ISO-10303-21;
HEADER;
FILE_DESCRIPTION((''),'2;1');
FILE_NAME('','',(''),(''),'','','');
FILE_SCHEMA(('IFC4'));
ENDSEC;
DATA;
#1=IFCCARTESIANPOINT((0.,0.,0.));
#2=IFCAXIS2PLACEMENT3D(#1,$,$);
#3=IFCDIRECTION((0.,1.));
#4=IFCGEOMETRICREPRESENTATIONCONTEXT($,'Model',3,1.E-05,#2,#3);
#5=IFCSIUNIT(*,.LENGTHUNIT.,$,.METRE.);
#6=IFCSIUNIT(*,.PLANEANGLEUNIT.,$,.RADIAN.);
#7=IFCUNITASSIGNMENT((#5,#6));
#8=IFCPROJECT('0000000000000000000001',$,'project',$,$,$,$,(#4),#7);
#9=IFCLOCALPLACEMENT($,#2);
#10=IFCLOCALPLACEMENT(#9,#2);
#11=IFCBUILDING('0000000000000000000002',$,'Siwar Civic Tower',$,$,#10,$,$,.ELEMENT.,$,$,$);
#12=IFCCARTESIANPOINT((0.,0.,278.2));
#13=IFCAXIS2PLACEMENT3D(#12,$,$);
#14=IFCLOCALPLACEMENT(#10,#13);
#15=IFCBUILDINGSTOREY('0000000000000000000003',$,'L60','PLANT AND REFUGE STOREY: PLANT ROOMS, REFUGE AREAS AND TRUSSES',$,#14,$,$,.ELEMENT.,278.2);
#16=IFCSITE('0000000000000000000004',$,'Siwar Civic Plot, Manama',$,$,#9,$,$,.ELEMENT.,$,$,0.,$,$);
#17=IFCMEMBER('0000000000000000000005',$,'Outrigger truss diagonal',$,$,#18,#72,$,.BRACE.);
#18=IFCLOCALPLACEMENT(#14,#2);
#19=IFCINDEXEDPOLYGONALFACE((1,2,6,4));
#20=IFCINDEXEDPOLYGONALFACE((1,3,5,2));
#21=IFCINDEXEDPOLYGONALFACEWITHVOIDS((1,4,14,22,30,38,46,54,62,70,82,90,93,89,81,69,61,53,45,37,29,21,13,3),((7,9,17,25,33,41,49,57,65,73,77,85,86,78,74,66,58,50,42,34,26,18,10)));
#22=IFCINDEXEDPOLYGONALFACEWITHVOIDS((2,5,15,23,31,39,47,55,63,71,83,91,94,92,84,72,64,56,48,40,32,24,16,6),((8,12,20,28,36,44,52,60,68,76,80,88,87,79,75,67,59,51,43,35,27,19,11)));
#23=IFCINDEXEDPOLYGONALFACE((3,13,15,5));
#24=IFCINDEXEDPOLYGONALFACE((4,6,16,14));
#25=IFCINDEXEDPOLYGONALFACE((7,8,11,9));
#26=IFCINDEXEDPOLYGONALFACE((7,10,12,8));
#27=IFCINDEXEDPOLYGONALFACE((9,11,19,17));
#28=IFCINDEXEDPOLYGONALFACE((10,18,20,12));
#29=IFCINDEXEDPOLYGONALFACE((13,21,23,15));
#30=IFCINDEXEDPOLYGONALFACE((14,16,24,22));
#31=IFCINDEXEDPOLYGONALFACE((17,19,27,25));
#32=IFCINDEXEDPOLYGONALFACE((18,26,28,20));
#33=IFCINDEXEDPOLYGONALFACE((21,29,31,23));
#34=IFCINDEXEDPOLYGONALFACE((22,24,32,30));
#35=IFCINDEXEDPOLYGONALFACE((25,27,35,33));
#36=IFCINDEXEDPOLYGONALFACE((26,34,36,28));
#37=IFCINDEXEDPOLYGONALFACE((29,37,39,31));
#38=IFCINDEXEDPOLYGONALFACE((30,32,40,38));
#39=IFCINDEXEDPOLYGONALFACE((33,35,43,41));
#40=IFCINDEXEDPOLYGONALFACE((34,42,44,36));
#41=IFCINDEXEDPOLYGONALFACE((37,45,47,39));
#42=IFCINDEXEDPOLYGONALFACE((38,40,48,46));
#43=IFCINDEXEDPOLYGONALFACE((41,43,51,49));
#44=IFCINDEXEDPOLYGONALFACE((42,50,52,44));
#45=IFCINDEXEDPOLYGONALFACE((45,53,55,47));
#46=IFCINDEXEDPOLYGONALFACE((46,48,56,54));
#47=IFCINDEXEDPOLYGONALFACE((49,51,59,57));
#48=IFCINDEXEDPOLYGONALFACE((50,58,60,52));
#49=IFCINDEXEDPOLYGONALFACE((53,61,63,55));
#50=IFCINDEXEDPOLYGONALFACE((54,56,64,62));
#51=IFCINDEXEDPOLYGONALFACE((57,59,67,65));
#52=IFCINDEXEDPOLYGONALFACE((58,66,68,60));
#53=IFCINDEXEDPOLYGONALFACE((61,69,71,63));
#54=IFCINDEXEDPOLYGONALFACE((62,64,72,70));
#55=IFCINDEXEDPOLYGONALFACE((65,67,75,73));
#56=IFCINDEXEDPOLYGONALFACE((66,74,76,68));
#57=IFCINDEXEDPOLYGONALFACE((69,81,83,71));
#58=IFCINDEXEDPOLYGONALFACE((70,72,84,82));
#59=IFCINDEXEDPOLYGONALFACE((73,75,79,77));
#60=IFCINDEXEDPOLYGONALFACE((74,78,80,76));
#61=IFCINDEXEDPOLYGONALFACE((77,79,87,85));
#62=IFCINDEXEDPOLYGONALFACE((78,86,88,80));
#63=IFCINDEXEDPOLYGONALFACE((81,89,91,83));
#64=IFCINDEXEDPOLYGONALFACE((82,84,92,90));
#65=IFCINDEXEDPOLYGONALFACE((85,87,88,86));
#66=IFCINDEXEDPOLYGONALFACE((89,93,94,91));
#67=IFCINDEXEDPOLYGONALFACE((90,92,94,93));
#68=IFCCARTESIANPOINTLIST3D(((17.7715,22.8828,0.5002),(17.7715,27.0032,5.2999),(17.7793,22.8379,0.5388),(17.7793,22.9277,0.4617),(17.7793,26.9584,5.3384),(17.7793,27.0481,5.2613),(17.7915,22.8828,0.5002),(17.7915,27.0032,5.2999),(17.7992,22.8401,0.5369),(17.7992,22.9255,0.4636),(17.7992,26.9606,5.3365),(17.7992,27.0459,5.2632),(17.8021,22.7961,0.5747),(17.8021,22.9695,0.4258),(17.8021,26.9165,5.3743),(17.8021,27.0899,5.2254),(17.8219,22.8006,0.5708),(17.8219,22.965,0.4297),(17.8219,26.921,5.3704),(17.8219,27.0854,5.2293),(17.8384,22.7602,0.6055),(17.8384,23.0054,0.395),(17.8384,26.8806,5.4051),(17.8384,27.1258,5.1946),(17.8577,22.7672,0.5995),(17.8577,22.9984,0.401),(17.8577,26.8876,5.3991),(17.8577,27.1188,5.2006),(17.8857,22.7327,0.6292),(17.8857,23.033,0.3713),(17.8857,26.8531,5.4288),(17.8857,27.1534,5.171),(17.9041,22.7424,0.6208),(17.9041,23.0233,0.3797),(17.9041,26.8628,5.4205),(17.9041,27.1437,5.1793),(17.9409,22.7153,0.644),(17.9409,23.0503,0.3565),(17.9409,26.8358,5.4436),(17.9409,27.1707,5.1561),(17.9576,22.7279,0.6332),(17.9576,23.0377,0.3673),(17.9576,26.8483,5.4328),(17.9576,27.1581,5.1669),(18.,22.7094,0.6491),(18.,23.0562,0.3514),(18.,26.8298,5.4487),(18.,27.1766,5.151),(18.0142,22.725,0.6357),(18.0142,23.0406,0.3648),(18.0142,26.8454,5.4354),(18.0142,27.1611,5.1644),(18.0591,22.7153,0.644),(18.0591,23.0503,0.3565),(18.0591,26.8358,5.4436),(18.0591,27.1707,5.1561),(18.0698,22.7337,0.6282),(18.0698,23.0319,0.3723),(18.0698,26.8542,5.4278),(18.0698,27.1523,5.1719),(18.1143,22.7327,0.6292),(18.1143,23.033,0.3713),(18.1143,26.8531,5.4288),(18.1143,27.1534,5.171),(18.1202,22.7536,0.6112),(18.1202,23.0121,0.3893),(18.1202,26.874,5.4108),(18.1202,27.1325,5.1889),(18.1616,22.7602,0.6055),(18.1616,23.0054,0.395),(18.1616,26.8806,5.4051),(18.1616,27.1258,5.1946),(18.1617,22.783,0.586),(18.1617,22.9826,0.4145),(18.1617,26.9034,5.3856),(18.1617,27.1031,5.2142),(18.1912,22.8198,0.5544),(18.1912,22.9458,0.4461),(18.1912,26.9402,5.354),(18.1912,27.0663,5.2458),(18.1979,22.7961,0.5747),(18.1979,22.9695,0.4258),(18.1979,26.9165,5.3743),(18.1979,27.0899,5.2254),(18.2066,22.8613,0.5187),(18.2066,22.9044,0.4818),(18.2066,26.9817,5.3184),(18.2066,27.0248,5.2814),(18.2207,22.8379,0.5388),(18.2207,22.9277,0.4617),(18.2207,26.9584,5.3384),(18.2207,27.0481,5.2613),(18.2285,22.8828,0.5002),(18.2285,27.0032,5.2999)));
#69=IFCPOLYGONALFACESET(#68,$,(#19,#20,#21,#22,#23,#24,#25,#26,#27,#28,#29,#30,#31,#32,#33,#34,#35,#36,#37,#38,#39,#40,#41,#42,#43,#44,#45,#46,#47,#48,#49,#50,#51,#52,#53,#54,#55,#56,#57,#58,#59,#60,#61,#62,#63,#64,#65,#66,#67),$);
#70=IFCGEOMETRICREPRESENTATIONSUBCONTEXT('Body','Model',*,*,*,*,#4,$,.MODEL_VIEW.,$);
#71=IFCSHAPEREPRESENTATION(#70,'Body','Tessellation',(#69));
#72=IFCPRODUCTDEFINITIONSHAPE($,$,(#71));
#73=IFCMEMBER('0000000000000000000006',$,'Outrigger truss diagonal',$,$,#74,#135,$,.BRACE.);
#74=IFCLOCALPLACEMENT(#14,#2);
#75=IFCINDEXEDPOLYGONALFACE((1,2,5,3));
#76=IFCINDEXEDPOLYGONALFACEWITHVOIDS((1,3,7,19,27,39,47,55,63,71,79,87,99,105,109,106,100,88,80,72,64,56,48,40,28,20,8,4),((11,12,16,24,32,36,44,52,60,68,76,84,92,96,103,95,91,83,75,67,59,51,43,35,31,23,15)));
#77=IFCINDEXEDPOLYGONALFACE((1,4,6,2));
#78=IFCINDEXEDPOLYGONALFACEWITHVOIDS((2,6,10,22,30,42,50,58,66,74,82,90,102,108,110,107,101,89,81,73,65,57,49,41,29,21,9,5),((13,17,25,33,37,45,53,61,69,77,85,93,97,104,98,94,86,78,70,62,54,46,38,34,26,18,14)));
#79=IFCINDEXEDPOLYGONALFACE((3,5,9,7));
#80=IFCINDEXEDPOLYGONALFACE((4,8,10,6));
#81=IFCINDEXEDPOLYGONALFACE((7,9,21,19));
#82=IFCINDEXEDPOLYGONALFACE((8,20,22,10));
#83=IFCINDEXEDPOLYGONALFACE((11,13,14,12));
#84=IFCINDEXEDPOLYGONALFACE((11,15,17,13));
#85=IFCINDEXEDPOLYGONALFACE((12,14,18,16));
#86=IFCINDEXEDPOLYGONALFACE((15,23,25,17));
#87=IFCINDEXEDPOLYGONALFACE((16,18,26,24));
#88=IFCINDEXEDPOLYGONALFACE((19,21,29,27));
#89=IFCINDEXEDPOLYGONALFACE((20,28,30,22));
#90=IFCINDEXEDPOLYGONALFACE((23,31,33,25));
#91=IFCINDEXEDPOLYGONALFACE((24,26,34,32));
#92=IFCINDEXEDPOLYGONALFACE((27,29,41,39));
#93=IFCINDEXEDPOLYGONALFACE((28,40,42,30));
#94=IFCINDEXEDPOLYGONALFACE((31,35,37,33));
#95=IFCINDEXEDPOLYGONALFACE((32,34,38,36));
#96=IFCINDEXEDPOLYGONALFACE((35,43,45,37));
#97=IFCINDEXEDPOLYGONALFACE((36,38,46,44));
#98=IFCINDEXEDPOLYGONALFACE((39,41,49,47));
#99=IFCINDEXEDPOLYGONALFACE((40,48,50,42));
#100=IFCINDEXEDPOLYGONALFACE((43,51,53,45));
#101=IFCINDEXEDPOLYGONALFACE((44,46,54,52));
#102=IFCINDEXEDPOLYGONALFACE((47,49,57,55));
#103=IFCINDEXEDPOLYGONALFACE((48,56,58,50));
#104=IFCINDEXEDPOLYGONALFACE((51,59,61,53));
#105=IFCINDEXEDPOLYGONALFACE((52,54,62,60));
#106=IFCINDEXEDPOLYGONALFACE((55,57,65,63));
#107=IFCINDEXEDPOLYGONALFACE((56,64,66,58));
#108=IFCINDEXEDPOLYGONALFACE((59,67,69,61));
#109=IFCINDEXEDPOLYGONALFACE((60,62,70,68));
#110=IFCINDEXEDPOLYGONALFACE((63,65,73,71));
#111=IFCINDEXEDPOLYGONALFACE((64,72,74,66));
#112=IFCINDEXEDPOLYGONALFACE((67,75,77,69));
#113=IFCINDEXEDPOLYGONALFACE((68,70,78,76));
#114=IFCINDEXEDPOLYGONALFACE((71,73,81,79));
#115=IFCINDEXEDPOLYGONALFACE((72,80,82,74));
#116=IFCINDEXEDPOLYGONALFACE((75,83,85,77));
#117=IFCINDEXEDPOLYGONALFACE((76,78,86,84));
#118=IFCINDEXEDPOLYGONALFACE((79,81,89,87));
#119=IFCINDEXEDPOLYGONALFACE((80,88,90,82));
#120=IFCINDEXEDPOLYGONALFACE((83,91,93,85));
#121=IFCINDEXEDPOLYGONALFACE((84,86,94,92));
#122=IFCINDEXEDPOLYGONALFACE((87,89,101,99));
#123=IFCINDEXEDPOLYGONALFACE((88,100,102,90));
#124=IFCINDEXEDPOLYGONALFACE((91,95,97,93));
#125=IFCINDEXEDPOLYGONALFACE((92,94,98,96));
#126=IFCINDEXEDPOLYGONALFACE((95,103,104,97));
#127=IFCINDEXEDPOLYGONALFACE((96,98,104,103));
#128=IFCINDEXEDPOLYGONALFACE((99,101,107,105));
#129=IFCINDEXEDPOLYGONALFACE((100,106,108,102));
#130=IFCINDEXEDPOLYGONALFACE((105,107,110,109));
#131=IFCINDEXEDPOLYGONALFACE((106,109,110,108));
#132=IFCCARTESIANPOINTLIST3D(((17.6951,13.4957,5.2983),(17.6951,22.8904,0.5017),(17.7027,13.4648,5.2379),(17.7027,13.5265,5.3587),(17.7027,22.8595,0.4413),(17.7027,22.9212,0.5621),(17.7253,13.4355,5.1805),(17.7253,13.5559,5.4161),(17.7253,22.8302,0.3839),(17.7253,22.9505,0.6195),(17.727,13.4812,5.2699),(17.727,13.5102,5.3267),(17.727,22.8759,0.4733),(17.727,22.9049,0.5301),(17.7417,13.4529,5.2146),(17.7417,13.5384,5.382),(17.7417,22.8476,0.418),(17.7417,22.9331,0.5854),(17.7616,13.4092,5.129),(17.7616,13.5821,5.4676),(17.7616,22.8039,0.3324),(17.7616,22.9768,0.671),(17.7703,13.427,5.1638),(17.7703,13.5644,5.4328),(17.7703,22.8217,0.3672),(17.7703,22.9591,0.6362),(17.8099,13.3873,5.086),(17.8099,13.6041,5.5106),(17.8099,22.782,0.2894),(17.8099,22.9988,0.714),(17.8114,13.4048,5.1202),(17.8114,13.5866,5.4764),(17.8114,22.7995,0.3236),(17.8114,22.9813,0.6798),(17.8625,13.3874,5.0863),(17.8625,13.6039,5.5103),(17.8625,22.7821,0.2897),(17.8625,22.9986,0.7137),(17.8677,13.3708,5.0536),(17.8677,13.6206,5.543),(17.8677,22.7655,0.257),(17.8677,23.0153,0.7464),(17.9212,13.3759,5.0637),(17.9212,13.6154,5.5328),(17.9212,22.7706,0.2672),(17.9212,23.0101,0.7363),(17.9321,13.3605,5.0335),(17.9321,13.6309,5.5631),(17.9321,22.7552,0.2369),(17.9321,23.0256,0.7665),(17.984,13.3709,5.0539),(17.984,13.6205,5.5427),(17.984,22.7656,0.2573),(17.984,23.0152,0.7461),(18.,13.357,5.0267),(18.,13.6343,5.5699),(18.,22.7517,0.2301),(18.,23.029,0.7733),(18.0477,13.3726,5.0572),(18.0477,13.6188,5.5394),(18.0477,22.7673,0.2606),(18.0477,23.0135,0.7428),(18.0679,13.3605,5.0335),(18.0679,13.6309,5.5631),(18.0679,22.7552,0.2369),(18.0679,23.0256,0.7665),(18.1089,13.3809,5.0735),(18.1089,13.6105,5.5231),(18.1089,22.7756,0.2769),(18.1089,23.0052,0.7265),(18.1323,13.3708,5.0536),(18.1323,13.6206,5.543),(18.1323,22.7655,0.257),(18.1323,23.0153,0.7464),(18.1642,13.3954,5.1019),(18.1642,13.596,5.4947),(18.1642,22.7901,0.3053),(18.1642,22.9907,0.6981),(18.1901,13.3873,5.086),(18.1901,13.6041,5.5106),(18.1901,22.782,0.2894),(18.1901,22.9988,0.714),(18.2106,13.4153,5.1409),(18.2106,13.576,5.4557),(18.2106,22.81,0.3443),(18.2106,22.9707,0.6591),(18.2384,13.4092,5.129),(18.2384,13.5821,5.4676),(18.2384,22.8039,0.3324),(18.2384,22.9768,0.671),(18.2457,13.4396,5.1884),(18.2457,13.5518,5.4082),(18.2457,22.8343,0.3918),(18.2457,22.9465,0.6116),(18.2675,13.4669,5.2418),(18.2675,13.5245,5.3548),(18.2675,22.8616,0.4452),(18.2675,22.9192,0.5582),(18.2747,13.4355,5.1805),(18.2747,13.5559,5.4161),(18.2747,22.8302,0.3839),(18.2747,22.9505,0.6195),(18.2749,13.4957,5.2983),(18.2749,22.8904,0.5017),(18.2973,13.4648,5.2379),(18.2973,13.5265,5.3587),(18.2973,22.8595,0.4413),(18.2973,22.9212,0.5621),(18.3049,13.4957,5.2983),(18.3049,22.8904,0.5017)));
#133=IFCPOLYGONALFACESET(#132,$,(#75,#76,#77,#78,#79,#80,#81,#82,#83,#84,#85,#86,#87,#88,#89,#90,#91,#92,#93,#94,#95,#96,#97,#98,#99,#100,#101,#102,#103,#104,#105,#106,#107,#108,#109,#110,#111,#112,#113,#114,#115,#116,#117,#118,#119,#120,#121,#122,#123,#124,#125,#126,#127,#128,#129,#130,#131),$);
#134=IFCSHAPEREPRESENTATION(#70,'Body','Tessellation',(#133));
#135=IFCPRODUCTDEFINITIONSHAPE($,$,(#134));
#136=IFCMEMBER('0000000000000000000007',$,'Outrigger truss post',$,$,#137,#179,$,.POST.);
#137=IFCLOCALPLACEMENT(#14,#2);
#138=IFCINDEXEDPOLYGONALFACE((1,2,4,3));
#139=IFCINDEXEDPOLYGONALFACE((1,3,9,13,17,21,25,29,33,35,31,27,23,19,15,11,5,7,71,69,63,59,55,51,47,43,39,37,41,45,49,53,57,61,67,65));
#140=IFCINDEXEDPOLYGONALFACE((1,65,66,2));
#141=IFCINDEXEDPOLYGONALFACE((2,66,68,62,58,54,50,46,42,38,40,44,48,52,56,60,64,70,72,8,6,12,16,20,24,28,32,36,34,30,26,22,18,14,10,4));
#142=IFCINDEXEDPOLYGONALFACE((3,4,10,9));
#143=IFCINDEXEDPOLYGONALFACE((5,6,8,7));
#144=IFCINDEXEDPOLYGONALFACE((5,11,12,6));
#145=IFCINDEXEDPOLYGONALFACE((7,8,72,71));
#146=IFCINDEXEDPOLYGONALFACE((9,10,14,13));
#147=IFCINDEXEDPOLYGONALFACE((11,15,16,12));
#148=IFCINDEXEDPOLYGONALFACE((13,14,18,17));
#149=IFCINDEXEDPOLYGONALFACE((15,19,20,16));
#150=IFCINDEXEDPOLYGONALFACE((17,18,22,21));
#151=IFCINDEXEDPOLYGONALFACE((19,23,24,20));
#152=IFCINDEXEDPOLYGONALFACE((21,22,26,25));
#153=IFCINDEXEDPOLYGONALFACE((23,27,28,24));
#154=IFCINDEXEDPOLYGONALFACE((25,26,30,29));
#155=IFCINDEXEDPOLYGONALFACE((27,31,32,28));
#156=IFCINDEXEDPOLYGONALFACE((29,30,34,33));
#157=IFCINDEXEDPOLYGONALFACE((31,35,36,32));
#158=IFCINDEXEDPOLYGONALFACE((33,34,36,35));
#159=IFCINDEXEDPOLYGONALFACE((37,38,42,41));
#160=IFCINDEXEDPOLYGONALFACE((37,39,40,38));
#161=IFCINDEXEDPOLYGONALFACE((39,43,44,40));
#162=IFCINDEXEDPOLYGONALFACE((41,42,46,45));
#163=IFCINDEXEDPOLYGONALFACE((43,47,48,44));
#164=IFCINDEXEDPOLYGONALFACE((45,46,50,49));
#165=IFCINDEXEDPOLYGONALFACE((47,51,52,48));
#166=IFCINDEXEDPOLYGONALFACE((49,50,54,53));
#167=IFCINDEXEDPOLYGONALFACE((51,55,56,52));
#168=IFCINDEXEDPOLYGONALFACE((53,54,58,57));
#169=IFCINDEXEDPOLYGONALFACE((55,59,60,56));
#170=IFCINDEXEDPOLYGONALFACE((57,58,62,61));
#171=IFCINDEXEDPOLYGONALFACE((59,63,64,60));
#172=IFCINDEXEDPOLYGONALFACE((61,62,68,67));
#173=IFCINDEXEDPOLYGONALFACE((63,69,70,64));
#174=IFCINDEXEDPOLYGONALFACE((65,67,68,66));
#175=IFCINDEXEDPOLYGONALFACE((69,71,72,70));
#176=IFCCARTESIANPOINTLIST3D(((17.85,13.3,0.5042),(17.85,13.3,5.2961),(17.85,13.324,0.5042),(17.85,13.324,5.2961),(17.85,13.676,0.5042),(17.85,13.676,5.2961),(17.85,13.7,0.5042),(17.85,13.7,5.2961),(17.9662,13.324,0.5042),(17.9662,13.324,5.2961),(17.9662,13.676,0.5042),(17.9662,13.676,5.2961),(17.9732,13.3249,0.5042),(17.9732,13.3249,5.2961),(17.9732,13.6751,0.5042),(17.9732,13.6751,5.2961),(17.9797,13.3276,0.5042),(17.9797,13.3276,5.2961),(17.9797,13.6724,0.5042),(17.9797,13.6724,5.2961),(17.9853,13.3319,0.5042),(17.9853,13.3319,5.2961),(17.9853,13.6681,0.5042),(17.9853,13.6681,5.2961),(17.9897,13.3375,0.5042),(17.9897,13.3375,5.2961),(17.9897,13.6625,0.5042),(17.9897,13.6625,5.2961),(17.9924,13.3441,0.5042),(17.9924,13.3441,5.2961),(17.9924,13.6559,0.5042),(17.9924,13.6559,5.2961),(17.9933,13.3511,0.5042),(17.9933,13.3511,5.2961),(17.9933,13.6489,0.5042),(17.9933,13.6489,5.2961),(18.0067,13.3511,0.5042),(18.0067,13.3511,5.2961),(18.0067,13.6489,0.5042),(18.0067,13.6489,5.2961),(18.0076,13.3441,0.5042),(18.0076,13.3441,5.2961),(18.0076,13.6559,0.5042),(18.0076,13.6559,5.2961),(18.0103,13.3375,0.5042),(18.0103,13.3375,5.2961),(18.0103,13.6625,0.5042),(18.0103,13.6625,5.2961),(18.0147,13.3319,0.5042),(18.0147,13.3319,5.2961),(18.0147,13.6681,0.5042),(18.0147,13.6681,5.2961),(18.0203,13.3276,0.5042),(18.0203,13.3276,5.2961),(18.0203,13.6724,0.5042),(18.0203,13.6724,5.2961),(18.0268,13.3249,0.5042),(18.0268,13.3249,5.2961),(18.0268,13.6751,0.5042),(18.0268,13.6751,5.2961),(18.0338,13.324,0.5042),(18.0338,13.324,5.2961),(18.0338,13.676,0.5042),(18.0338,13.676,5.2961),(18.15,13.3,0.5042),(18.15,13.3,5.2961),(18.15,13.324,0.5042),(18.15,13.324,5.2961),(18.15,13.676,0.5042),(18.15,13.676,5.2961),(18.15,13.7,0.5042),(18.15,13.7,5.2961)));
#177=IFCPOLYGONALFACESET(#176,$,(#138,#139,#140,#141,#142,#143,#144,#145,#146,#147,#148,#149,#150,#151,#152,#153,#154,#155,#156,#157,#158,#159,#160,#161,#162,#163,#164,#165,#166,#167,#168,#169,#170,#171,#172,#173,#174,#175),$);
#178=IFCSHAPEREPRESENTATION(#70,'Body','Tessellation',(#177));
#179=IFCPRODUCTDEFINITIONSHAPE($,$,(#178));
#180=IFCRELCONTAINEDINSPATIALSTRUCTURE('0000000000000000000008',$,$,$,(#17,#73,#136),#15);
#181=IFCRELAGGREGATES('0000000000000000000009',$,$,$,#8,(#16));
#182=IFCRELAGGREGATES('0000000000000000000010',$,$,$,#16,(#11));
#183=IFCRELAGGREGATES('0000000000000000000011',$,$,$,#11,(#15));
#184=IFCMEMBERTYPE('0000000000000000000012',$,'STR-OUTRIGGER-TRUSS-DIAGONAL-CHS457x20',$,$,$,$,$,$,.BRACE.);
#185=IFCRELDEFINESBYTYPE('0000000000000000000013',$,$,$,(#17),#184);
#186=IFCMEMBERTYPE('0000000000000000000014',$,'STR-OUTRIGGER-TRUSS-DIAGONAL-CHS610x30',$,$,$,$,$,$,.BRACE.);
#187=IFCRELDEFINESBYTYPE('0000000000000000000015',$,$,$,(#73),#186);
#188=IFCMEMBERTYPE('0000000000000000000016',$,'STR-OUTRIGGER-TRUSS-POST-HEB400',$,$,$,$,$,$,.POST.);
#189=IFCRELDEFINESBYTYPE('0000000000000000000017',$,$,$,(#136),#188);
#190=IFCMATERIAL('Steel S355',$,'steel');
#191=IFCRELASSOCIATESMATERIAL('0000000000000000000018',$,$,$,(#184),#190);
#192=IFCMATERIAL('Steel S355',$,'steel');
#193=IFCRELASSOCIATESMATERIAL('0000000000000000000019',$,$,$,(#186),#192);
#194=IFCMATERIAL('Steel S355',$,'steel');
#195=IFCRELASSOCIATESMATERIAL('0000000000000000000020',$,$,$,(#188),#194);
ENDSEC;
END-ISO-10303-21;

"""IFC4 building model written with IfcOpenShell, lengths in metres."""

from ifc_helpers import new_model, si_unit, direction, frame, origin, origin_2d, place, context, subcontext, project, spatial, hollow_circle, i_section, extrude, material, material_profile, profile_set, type_object, element, save


model = new_model("IFC4")

# Units and contexts
model_context = context("Model", 3, precision=1e-05, world=origin(), true_north=direction((0.0, 1.0)))
body_context = subcontext(model_context, "Body", "Model", "MODEL_VIEW")
ifc_project = project(units=[si_unit("LENGTHUNIT", "METRE"), si_unit("PLANEANGLEUNIT", "RADIAN")], contexts=[model_context])

# Site, building, storey
site_placement = place(None, origin())
site = spatial("IfcSite", under=ifc_project, at=site_placement, Name="Siwar Civic Plot, Manama", CompositionType="ELEMENT", RefElevation=0.0)
building_placement = place(site_placement, origin())
building = spatial("IfcBuilding", under=site, at=building_placement, Name="Siwar Civic Tower", CompositionType="ELEMENT")
storey_placement = place(building_placement, frame((0.0, 0.0, 278.2)))
storey = spatial("IfcBuildingStorey", under=building, at=storey_placement, Name="L60", Description="PLANT AND REFUGE STOREY: PLANT ROOMS, REFUGE AREAS AND TRUSSES", CompositionType="ELEMENT", Elevation=278.2)

# Members
ifc_material_1 = material(Name="Steel S355", Category="steel")
ifc_material_profile_1 = material_profile(ifc_material_1, hollow_circle(Radius=0.2285, WallThickness=0.02, at=origin_2d()), Name="CHS457x20")
ifc_profile_set_1 = profile_set([ifc_material_profile_1], Name="Steel S355")
member_type_1 = type_object("IfcMemberType", Name="STR-OUTRIGGER-TRUSS-DIAGONAL-CHS457x20", PredefinedType="BRACE", material=ifc_profile_set_1)
member_1_placement = place(storey_placement, frame((18.0, 22.8828, 0.5002), z_axis=(0.0, 0.651379, 0.758752), x_axis=(-1.0, 0.0, 0.0)))
element("IfcMember", 1, at=member_1_placement, inside=storey, type_object=member_type_1, Name="Outrigger truss diagonal", PredefinedType="BRACE", context=body_context, shape_type="SweptSolid", body=[
    extrude(hollow_circle(Radius=0.2285, WallThickness=0.02, at=origin_2d()), origin(), (0.0, 0.0, 1.0), 6.3257),
])
ifc_material_2 = material(Name="Steel S355", Category="steel")
ifc_material_profile_2 = material_profile(ifc_material_2, hollow_circle(Radius=0.3049, WallThickness=0.03, at=origin_2d()), Name="CHS610x30")
ifc_profile_set_2 = profile_set([ifc_material_profile_2], Name="Steel S355")
member_type_2 = type_object("IfcMemberType", Name="STR-OUTRIGGER-TRUSS-DIAGONAL-CHS610x30", PredefinedType="BRACE", material=ifc_profile_set_2)
member_2_placement = place(storey_placement, frame((18.0, 22.8904, 0.5017), z_axis=(0.0, -0.890632, 0.454724), x_axis=(1.0, 0.0, 0.0)))
element("IfcMember", 2, at=member_2_placement, inside=storey, type_object=member_type_2, Name="Outrigger truss diagonal", PredefinedType="BRACE", context=body_context, shape_type="SweptSolid", body=[
    extrude(hollow_circle(Radius=0.3049, WallThickness=0.03, at=origin_2d()), origin(), (0.0, 0.0, 1.0), 10.5483),
])
ifc_material_3 = material(Name="Steel S355", Category="steel")
ifc_material_profile_3 = material_profile(ifc_material_3, i_section(OverallWidth=0.3, OverallDepth=0.3999, WebThickness=0.0134, FlangeThickness=0.0239, FilletRadius=0.0271, at=origin_2d()), Name="HEB400")
ifc_profile_set_3 = profile_set([ifc_material_profile_3], Name="Steel S355")
member_type_3 = type_object("IfcMemberType", Name="STR-OUTRIGGER-TRUSS-POST-HEB400", PredefinedType="POST", material=ifc_profile_set_3)
member_3_placement = place(storey_placement, frame((18.0, 13.5, 0.5042), z_axis=(0.0, 0.0, 1.0), x_axis=(1.0, 0.0, 0.0)))
element("IfcMember", 3, at=member_3_placement, inside=storey, type_object=member_type_3, Name="Outrigger truss post", PredefinedType="POST", context=body_context, shape_type="SweptSolid", body=[
    extrude(i_section(OverallWidth=0.3, OverallDepth=0.3999, WebThickness=0.0134, FlangeThickness=0.0239, FilletRadius=0.0271, at=origin_2d()), origin(), (0.0, 0.0, 1.0), 4.792),
])

save(model, "model.ifc")
